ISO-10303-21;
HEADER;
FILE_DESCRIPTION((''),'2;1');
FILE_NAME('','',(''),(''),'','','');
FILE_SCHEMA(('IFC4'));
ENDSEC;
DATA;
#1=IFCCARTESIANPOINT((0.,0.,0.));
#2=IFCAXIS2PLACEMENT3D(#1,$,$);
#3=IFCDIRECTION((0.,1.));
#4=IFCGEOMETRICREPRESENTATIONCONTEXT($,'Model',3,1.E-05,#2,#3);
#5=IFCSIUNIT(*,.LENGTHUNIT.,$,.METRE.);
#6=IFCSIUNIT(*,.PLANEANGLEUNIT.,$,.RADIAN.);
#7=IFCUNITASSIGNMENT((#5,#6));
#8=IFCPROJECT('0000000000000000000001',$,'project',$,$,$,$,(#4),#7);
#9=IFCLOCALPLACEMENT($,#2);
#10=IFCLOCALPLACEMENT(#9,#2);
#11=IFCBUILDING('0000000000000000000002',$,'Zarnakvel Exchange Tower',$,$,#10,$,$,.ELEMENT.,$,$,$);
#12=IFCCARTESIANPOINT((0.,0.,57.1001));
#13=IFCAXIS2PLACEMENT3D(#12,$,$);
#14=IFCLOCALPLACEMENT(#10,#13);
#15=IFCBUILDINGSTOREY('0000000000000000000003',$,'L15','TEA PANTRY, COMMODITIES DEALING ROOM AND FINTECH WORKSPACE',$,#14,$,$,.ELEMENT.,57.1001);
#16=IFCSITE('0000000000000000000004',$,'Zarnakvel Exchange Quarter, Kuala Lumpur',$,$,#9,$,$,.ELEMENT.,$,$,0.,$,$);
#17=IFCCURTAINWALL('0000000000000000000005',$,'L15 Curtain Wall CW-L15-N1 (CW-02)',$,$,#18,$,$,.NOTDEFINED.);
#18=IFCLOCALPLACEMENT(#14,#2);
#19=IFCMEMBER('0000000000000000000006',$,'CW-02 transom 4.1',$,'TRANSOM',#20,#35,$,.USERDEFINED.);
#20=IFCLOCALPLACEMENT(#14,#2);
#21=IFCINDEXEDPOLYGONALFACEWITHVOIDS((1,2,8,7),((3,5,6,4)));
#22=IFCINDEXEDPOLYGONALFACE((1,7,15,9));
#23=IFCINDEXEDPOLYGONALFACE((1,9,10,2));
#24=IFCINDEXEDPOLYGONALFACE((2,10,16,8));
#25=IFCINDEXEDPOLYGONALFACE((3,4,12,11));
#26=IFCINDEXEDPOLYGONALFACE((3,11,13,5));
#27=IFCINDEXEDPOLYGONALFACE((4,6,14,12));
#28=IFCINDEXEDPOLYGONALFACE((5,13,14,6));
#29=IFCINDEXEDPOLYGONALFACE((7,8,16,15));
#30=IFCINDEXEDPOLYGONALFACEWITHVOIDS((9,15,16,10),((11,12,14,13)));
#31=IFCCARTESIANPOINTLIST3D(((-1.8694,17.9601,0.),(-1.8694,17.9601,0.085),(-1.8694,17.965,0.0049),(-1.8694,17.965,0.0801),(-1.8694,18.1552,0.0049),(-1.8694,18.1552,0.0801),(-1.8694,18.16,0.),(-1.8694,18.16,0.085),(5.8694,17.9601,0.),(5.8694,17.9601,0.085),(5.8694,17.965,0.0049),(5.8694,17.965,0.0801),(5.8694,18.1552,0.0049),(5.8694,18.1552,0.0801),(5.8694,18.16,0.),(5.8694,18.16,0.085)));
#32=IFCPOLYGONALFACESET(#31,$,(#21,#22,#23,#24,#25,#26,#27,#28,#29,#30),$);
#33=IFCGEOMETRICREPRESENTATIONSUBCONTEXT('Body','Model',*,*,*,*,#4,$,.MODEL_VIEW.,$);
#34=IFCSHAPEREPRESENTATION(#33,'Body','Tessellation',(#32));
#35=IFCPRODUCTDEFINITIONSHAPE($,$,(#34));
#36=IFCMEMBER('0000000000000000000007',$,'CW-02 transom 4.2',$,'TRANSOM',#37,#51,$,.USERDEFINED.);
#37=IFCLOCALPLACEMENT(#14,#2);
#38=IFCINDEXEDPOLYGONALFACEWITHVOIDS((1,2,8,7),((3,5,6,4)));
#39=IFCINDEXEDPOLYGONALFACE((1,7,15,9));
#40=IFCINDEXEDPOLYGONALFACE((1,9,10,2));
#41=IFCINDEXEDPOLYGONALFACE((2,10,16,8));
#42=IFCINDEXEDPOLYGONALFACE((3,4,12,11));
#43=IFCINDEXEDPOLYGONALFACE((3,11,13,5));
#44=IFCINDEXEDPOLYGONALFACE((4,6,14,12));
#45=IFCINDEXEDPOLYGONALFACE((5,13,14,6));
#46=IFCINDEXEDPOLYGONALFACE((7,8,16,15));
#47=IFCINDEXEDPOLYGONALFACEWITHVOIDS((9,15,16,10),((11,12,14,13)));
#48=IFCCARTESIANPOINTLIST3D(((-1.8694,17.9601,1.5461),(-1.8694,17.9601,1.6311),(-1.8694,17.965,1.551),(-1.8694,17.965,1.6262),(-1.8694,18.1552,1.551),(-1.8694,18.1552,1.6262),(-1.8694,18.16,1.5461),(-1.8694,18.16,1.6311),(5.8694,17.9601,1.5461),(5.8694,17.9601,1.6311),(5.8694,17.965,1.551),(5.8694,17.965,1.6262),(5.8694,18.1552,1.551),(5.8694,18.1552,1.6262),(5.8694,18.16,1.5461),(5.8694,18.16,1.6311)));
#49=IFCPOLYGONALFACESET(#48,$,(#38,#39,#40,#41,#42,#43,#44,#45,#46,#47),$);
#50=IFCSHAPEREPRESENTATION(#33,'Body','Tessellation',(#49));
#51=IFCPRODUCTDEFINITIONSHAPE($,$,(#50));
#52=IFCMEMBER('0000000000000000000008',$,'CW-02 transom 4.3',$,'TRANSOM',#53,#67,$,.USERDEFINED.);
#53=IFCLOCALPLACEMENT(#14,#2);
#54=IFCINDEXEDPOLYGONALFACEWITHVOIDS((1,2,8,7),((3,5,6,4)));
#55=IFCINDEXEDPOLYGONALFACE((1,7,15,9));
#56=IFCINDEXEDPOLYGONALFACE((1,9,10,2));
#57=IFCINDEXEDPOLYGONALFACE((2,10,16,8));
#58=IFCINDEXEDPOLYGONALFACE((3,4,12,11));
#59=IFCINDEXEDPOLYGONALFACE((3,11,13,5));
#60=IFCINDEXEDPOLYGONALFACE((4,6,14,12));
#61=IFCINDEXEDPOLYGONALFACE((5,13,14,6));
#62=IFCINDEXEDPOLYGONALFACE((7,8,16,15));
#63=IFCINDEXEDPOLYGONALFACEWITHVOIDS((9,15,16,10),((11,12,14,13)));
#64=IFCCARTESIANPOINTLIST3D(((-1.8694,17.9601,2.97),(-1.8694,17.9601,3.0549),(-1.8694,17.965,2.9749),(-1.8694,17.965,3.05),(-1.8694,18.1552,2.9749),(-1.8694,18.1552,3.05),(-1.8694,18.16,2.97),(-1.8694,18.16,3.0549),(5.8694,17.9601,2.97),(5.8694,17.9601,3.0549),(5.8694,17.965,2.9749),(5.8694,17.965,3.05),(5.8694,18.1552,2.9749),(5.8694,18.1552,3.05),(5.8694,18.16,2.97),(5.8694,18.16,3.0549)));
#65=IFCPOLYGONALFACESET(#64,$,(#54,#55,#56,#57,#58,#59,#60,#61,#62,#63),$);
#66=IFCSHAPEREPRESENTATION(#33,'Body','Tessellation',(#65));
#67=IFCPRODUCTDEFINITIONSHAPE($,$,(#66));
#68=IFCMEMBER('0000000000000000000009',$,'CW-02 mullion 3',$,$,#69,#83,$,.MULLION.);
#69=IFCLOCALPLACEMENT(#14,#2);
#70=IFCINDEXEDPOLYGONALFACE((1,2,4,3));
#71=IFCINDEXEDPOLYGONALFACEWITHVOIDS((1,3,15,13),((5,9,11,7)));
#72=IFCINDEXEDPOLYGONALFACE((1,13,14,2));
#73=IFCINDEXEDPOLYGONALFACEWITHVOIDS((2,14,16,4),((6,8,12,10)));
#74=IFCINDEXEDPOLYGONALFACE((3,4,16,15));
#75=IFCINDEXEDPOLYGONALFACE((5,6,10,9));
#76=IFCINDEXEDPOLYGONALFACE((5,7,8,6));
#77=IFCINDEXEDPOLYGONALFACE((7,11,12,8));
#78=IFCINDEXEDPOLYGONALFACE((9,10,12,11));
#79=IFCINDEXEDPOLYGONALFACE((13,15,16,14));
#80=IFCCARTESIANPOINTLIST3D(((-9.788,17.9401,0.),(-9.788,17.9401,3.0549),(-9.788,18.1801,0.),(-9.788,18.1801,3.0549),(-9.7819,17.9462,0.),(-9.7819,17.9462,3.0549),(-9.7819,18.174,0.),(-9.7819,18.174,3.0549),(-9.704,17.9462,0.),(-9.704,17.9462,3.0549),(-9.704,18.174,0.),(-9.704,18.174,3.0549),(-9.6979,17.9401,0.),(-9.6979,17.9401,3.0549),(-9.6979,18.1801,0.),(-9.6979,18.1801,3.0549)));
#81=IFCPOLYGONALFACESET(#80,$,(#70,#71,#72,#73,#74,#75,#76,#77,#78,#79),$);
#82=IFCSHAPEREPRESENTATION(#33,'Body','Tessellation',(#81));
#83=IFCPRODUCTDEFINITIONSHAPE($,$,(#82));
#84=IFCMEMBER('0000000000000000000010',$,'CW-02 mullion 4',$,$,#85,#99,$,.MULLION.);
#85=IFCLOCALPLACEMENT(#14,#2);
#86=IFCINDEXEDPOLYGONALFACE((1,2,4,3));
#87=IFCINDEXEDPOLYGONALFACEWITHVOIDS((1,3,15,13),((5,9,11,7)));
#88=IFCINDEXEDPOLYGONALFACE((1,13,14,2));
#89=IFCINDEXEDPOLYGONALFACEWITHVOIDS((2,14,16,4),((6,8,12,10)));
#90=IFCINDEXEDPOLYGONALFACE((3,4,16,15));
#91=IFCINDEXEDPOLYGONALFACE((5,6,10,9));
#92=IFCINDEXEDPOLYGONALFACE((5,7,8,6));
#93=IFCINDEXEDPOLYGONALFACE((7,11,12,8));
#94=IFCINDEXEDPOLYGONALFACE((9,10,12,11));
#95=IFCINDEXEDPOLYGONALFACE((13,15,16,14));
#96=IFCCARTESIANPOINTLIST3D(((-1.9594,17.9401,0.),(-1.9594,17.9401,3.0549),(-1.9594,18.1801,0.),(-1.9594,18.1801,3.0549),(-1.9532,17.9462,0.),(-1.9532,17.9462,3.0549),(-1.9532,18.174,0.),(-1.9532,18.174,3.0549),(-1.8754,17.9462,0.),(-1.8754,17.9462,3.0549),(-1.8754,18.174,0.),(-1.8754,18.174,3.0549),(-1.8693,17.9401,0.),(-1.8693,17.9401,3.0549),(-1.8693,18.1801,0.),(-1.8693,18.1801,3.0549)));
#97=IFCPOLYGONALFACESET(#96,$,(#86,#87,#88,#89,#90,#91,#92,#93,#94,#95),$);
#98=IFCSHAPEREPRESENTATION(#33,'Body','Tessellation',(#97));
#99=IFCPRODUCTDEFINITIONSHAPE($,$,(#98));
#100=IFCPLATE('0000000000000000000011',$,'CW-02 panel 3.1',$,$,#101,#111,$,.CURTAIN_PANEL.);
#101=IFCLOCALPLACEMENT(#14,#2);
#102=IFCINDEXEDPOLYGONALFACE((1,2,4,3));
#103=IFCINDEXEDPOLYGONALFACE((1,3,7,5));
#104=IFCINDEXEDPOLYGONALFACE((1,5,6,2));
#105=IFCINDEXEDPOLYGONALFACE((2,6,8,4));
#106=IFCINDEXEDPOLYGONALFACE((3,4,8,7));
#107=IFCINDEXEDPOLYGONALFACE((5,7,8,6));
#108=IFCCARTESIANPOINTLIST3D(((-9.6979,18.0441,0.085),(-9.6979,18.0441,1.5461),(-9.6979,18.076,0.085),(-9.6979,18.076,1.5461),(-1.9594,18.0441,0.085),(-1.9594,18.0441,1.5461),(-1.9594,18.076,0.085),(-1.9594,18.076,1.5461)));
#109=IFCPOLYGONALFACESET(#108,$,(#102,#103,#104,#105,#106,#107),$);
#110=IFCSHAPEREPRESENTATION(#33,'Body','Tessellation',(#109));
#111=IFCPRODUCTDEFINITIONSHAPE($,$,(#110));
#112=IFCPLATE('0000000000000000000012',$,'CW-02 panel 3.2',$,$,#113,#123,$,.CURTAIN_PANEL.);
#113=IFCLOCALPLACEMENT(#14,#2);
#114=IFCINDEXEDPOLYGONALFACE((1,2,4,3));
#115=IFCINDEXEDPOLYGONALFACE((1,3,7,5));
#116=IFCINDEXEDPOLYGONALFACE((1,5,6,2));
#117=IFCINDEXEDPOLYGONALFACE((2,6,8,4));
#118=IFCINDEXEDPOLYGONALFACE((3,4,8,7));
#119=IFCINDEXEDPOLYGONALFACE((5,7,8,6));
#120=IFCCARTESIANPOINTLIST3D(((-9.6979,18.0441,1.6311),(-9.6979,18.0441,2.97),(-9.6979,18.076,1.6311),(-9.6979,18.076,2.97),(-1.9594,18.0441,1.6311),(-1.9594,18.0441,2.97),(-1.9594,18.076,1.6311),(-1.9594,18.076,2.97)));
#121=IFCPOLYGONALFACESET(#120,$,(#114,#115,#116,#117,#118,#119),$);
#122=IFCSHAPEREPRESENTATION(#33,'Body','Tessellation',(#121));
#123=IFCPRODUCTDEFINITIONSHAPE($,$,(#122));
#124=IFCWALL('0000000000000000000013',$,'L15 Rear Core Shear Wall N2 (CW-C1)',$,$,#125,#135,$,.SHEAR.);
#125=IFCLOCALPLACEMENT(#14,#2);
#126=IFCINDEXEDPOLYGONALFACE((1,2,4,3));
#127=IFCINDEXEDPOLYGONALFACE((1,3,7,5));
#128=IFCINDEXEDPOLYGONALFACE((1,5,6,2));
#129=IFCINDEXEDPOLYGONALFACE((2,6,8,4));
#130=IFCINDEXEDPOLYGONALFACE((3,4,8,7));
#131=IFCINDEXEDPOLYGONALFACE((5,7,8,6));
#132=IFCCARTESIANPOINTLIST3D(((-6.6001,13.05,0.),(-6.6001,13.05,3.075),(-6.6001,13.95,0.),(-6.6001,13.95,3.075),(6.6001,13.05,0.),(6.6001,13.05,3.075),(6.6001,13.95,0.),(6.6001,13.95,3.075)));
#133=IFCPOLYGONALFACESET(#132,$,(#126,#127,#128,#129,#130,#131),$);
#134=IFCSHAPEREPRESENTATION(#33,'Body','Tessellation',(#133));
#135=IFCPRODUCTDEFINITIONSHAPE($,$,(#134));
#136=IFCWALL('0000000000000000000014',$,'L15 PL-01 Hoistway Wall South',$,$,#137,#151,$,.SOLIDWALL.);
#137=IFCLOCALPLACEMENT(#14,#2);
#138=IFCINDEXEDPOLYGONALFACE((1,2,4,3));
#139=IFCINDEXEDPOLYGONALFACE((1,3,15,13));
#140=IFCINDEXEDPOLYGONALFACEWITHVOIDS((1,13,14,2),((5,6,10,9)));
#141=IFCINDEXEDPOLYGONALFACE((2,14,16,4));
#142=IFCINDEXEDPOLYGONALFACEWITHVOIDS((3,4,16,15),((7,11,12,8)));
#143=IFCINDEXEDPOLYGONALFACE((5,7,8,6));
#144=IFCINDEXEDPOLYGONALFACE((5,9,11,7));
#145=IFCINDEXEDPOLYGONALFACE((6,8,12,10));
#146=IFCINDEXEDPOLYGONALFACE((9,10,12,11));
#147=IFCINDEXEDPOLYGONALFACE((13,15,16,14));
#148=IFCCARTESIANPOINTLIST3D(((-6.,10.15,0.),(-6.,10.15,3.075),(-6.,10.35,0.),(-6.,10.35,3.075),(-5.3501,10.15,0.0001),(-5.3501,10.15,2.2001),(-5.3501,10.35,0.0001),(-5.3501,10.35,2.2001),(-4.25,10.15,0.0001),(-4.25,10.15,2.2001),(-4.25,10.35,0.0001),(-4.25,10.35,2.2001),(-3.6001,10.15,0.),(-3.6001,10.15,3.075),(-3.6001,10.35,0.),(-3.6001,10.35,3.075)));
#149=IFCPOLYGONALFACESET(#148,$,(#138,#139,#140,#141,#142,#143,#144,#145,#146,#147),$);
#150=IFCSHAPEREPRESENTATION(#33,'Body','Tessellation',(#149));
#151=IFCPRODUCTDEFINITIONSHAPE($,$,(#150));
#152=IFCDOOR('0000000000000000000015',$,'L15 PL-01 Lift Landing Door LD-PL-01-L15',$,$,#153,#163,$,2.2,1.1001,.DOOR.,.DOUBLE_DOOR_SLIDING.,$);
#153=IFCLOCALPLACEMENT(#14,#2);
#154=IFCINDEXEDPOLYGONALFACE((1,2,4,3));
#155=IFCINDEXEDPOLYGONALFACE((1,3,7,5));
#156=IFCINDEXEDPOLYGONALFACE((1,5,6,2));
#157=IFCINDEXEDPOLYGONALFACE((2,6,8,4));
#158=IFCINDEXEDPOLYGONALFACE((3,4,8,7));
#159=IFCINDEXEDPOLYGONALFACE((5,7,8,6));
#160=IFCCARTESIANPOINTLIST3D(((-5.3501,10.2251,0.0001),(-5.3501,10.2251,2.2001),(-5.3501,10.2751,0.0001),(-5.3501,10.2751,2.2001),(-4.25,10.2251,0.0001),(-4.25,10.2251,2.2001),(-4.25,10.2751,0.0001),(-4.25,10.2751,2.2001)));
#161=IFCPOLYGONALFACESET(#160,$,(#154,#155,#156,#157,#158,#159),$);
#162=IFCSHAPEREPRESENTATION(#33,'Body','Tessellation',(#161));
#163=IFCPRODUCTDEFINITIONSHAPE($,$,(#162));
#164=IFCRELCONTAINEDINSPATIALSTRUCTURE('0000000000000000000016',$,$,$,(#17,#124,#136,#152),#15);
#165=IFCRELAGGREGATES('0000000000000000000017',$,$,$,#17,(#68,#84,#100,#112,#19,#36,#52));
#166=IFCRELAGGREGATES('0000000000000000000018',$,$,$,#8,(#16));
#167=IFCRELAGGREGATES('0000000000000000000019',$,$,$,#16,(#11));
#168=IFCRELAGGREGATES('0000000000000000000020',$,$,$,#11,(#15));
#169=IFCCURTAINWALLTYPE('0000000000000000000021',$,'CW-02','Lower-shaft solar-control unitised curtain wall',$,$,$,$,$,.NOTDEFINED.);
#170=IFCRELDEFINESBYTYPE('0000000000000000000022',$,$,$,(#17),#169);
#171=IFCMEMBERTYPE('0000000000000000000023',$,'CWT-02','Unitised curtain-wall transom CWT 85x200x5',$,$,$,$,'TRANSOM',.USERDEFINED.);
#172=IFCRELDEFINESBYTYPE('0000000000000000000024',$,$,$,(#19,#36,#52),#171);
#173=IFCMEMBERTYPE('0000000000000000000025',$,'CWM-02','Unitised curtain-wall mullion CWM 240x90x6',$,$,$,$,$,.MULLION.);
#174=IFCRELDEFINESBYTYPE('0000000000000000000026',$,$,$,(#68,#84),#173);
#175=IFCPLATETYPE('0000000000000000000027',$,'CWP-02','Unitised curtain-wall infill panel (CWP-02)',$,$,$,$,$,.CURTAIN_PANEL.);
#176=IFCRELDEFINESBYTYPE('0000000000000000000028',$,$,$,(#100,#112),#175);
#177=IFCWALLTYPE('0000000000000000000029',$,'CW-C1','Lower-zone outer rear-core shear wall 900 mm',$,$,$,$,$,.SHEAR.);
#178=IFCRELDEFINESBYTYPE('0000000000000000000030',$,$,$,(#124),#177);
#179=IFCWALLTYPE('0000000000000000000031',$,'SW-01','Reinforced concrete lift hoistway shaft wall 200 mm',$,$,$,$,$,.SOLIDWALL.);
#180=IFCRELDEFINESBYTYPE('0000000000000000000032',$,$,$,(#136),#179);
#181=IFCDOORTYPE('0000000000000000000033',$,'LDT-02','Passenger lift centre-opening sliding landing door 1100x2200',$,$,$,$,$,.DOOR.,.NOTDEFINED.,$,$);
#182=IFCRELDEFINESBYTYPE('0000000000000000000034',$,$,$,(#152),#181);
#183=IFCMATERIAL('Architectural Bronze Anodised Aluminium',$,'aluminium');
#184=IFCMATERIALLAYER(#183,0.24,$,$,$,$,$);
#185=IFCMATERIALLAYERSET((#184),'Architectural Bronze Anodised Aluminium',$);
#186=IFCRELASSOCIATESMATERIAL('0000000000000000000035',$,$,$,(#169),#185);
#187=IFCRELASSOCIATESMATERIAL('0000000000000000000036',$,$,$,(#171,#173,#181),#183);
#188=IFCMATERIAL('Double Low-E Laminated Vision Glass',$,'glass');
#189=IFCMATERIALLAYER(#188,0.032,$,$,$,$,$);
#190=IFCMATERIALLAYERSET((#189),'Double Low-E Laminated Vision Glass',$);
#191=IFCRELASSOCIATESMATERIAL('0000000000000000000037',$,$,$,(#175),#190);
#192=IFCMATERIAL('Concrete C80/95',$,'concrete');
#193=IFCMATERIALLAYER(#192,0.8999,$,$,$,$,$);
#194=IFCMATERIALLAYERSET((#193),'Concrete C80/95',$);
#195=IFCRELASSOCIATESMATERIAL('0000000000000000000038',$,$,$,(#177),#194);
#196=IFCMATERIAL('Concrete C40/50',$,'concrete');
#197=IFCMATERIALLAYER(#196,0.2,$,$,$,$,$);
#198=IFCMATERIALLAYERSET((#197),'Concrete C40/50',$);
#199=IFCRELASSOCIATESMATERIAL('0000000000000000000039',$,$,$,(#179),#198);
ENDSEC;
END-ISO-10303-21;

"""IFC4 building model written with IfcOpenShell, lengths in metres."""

from ifc_helpers import new_model, si_unit, direction, frame, frame_2d, origin, origin_2d, place, context, subcontext, project, spatial, rectangle, hollow_rectangle, extrude, source, transform, mapped, material, layer, layer_set, material_profile, profile_set, type_object, element, fill, aggregate, save


model = new_model("IFC4")

# Units and contexts
model_context = context("Model", 3, precision=1e-05, world=origin(), true_north=direction((0.0, 1.0)))
body_context = subcontext(model_context, "Body", "Model", "MODEL_VIEW")
ifc_project = project(units=[si_unit("LENGTHUNIT", "METRE"), si_unit("PLANEANGLEUNIT", "RADIAN")], contexts=[model_context])

# Site, building, storey
site_placement = place(None, origin())
site = spatial("IfcSite", under=ifc_project, at=site_placement, Name="Zarnakvel Exchange Quarter, Kuala Lumpur", CompositionType="ELEMENT", RefElevation=0.0)
building_placement = place(site_placement, origin())
building = spatial("IfcBuilding", under=site, at=building_placement, Name="Zarnakvel Exchange Tower", CompositionType="ELEMENT")
storey_placement = place(building_placement, frame((0.0, 0.0, 57.1001)))
storey = spatial("IfcBuildingStorey", under=building, at=storey_placement, Name="L15", Description="TEA PANTRY, COMMODITIES DEALING ROOM AND FINTECH WORKSPACE", CompositionType="ELEMENT", Elevation=57.1001)

# Shared definitions
ifc_material_1 = material(Name="Concrete C80/95", Category="concrete")

# Curtain wall, members, plates
ifc_material_2 = material(Name="Architectural Bronze Anodised Aluminium", Category="aluminium")
ifc_layer_1 = layer(ifc_material_2, 0.24)
ifc_layer_set_1 = layer_set([ifc_layer_1], Name="Architectural Bronze Anodised Aluminium")
curtain_wall_type = type_object("IfcCurtainWallType", Name="CW-02", Description="Lower-shaft solar-control unitised curtain wall", PredefinedType="NOTDEFINED", material=ifc_layer_set_1)
curtain_wall_placement = place(storey_placement, origin())
curtain_wall = element("IfcCurtainWall", 1, at=curtain_wall_placement, inside=storey, type_object=curtain_wall_type, Name="L15 Curtain Wall CW-L15-N1 (CW-02)", PredefinedType="NOTDEFINED")
ifc_material_profile_1 = material_profile(ifc_material_2, hollow_rectangle(XDim=0.2, YDim=0.085, WallThickness=0.0049, at=origin_2d()))
ifc_profile_set_1 = profile_set([ifc_material_profile_1], Name="Architectural Bronze Anodised Aluminium")
member_type_1 = type_object("IfcMemberType", Name="CWT-02", Description="Unitised curtain-wall transom CWT 85x200x5", ElementType="TRANSOM", PredefinedType="USERDEFINED", material=ifc_profile_set_1)
shared_shape_1 = source(origin(), body_context, "Body", "SweptSolid", [
    extrude(hollow_rectangle(XDim=0.2, YDim=0.085, WallThickness=0.0049, at=origin_2d()), origin(), (0.0, 0.0, 1.0), 7.7388),
])
member_1_placement = place(storey_placement, frame((-1.8694, 18.0601, 0.0425), z_axis=(1.0, 0.0, 0.0), x_axis=(0.0, 1.0, 0.0)))
member_1 = element("IfcMember", 2, at=member_1_placement, type_object=member_type_1, Name="CW-02 transom 4.1", ObjectType="TRANSOM", PredefinedType="USERDEFINED", context=body_context, shape_type="MappedRepresentation", body=[
    mapped(shared_shape_1, transform((0.0, 0.0, 0.0), x_axis=(1.0, 0.0, 0.0), y_axis=(0.0, 1.0, 0.0), z_axis=(0.0, 0.0, 1.0), scale=1.0)),
])
member_2_placement = place(storey_placement, frame((-1.8694, 18.0601, 1.5886), z_axis=(1.0, 0.0, 0.0), x_axis=(0.0, 1.0, 0.0)))
member_2 = element("IfcMember", 3, at=member_2_placement, type_object=member_type_1, Name="CW-02 transom 4.2", ObjectType="TRANSOM", PredefinedType="USERDEFINED", context=body_context, shape_type="MappedRepresentation", body=[
    mapped(shared_shape_1, transform((0.0, 0.0, 0.0), x_axis=(1.0, 0.0, 0.0), y_axis=(0.0, 1.0, 0.0), z_axis=(0.0, 0.0, 1.0), scale=1.0)),
])
member_3_placement = place(storey_placement, frame((-1.8694, 18.0601, 3.0125), z_axis=(1.0, 0.0, 0.0), x_axis=(0.0, 1.0, 0.0)))
member_3 = element("IfcMember", 4, at=member_3_placement, type_object=member_type_1, Name="CW-02 transom 4.3", ObjectType="TRANSOM", PredefinedType="USERDEFINED", context=body_context, shape_type="MappedRepresentation", body=[
    mapped(shared_shape_1, transform((0.0, 0.0, 0.0), x_axis=(1.0, 0.0, 0.0), y_axis=(0.0, 1.0, 0.0), z_axis=(0.0, 0.0, 1.0), scale=1.0)),
])
ifc_material_profile_2 = material_profile(ifc_material_2, hollow_rectangle(XDim=0.24, YDim=0.0901, WallThickness=0.0061, at=origin_2d()))
ifc_profile_set_2 = profile_set([ifc_material_profile_2], Name="Architectural Bronze Anodised Aluminium")
member_type_2 = type_object("IfcMemberType", Name="CWM-02", Description="Unitised curtain-wall mullion CWM 240x90x6", PredefinedType="MULLION", material=ifc_profile_set_2)
shared_shape_2 = source(origin(), body_context, "Body", "SweptSolid", [
    extrude(hollow_rectangle(XDim=0.24, YDim=0.0901, WallThickness=0.0061, at=origin_2d()), origin(), (0.0, 0.0, 1.0), 3.0549),
])
member_4_placement = place(storey_placement, frame((-9.7429, 18.0601, 0.0), z_axis=(0.0, 0.0, 1.0), x_axis=(0.0, 1.0, 0.0)))
member_4 = element("IfcMember", 5, at=member_4_placement, type_object=member_type_2, Name="CW-02 mullion 3", PredefinedType="MULLION", context=body_context, shape_type="MappedRepresentation", body=[
    mapped(shared_shape_2, transform((0.0, 0.0, 0.0), x_axis=(1.0, 0.0, 0.0), y_axis=(0.0, 1.0, 0.0), z_axis=(0.0, 0.0, 1.0), scale=1.0)),
])
member_5_placement = place(storey_placement, frame((-1.9143, 18.0601, 0.0), z_axis=(0.0, 0.0, 1.0), x_axis=(0.0, 1.0, 0.0)))
member_5 = element("IfcMember", 6, at=member_5_placement, type_object=member_type_2, Name="CW-02 mullion 4", PredefinedType="MULLION", context=body_context, shape_type="MappedRepresentation", body=[
    mapped(shared_shape_2, transform((0.0, 0.0, 0.0), x_axis=(1.0, 0.0, 0.0), y_axis=(0.0, 1.0, 0.0), z_axis=(0.0, 0.0, 1.0), scale=1.0)),
])
ifc_material_3 = material(Name="Double Low-E Laminated Vision Glass", Category="glass")
ifc_layer_2 = layer(ifc_material_3, 0.032)
ifc_layer_set_2 = layer_set([ifc_layer_2], Name="Double Low-E Laminated Vision Glass")
plate_type = type_object("IfcPlateType", Name="CWP-02", Description="Unitised curtain-wall infill panel (CWP-02)", PredefinedType="CURTAIN_PANEL", material=ifc_layer_set_2)
shared_shape_3 = source(origin(), body_context, "Body", "SweptSolid", [
    extrude(rectangle(XDim=7.7385, YDim=0.032, at=origin_2d()), origin(), (0.0, 0.0, 1.0), 1.4612),
])
plate_1_placement = place(storey_placement, frame((-5.8286, 18.0601, 0.085), z_axis=(0.0, 0.0, 1.0), x_axis=(1.0, 0.0, 0.0)))
plate_1 = element("IfcPlate", 7, at=plate_1_placement, type_object=plate_type, Name="CW-02 panel 3.1", PredefinedType="CURTAIN_PANEL", context=body_context, shape_type="MappedRepresentation", body=[
    mapped(shared_shape_3, transform((0.0, 0.0, 0.0), x_axis=(1.0, 0.0, 0.0), y_axis=(0.0, 1.0, 0.0), z_axis=(0.0, 0.0, 1.0), scale=1.0)),
])
shared_shape_4 = source(origin(), body_context, "Body", "SweptSolid", [
    extrude(rectangle(XDim=7.7385, YDim=0.032, at=origin_2d()), origin(), (0.0, 0.0, 1.0), 1.3389),
])
plate_2_placement = place(storey_placement, frame((-5.8286, 18.0601, 1.6311), z_axis=(0.0, 0.0, 1.0), x_axis=(1.0, 0.0, 0.0)))
plate_2 = element("IfcPlate", 8, at=plate_2_placement, type_object=plate_type, Name="CW-02 panel 3.2", PredefinedType="CURTAIN_PANEL", context=body_context, shape_type="MappedRepresentation", body=[
    mapped(shared_shape_4, transform((0.0, 0.0, 0.0), x_axis=(1.0, 0.0, 0.0), y_axis=(0.0, 1.0, 0.0), z_axis=(0.0, 0.0, 1.0), scale=1.0)),
])
aggregate(curtain_wall, [member_4, member_5, plate_1, plate_2, member_1, member_2, member_3])

# Wall
ifc_layer_3 = layer(ifc_material_1, 0.8999)
ifc_layer_set_3 = layer_set([ifc_layer_3], Name="Concrete C80/95")
wall_type_1 = type_object("IfcWallType", Name="CW-C1", Description="Lower-zone outer rear-core shear wall 900 mm", PredefinedType="SHEAR", material=ifc_layer_set_3)
wall_1_placement = place(storey_placement, frame((-6.6001, 13.5, 0.0), z_axis=(0.0, 0.0, 1.0), x_axis=(1.0, 0.0, 0.0)))
element("IfcWall", 9, at=wall_1_placement, inside=storey, type_object=wall_type_1, Name="L15 Rear Core Shear Wall N2 (CW-C1)", PredefinedType="SHEAR", context=body_context, shape_type="SweptSolid", body=[
    extrude(rectangle(XDim=13.2002, YDim=0.8999, at=frame_2d((6.6001, 0.0))), origin(), (0.0, 0.0, 1.0), 3.075),
])

# Wall, opening, door
ifc_material_4 = material(Name="Concrete C40/50", Category="concrete")
ifc_layer_4 = layer(ifc_material_4, 0.2)
ifc_layer_set_4 = layer_set([ifc_layer_4], Name="Concrete C40/50")
wall_type_2 = type_object("IfcWallType", Name="SW-01", Description="Reinforced concrete lift hoistway shaft wall 200 mm", PredefinedType="SOLIDWALL", material=ifc_layer_set_4)
wall_2_placement = place(storey_placement, frame((-3.6001, 10.25, 0.0), z_axis=(0.0, 0.0, 1.0), x_axis=(-1.0, 0.0, 0.0)))
wall_2 = element("IfcWall", 10, at=wall_2_placement, inside=storey, type_object=wall_type_2, Name="L15 PL-01 Hoistway Wall South", PredefinedType="SOLIDWALL", context=body_context, shape_type="SweptSolid", body=[
    extrude(rectangle(XDim=2.3999, YDim=0.2, at=frame_2d((1.2, 0.0))), origin(), (0.0, 0.0, 1.0), 3.075),
])
opening_1_placement = place(wall_2_placement, frame((0.6499, 0.0, 0.0)))
opening_1 = element("IfcOpeningElement", 11, at=opening_1_placement, cuts=wall_2, PredefinedType="OPENING", context=body_context, shape_type="SweptSolid", body=[
    extrude(rectangle(XDim=1.1001, YDim=2.2, at=frame_2d((0.55, 1.1001))), frame((0.0, 0.1099, 0.0), z_axis=(0.0, -1.0, 0.0), x_axis=(1.0, 0.0, 0.0)), (0.0, 0.0, 1.0), 0.22),
])
door_type = type_object("IfcDoorType", Name="LDT-02", Description="Passenger lift centre-opening sliding landing door 1100x2200", OperationType="NOTDEFINED", PredefinedType="DOOR", material=ifc_material_2)
shared_shape_5 = source(origin(), body_context, "Body", "SweptSolid", [
    extrude(rectangle(XDim=1.1001, YDim=2.2, at=frame_2d((0.55, 1.1001))), frame((0.0, 0.0249, 0.0), z_axis=(0.0, -1.0, 0.0), x_axis=(1.0, 0.0, 0.0)), (0.0, 0.0, 1.0), 0.05),
])
door_1_placement = place(opening_1_placement, origin())
door_1 = element("IfcDoor", 12, at=door_1_placement, inside=storey, type_object=door_type, Name="L15 PL-01 Lift Landing Door LD-PL-01-L15", OperationType="DOUBLE_DOOR_SLIDING", OverallHeight=2.2, OverallWidth=1.1001, PredefinedType="DOOR", context=body_context, shape_type="MappedRepresentation", body=[
    mapped(shared_shape_5, transform((0.0, 0.0, 0.0), x_axis=(1.0, 0.0, 0.0), y_axis=(0.0, 1.0, 0.0), z_axis=(0.0, 0.0, 1.0), scale=1.0)),
])
fill(opening_1, door_1)

save(model, "model.ifc")
